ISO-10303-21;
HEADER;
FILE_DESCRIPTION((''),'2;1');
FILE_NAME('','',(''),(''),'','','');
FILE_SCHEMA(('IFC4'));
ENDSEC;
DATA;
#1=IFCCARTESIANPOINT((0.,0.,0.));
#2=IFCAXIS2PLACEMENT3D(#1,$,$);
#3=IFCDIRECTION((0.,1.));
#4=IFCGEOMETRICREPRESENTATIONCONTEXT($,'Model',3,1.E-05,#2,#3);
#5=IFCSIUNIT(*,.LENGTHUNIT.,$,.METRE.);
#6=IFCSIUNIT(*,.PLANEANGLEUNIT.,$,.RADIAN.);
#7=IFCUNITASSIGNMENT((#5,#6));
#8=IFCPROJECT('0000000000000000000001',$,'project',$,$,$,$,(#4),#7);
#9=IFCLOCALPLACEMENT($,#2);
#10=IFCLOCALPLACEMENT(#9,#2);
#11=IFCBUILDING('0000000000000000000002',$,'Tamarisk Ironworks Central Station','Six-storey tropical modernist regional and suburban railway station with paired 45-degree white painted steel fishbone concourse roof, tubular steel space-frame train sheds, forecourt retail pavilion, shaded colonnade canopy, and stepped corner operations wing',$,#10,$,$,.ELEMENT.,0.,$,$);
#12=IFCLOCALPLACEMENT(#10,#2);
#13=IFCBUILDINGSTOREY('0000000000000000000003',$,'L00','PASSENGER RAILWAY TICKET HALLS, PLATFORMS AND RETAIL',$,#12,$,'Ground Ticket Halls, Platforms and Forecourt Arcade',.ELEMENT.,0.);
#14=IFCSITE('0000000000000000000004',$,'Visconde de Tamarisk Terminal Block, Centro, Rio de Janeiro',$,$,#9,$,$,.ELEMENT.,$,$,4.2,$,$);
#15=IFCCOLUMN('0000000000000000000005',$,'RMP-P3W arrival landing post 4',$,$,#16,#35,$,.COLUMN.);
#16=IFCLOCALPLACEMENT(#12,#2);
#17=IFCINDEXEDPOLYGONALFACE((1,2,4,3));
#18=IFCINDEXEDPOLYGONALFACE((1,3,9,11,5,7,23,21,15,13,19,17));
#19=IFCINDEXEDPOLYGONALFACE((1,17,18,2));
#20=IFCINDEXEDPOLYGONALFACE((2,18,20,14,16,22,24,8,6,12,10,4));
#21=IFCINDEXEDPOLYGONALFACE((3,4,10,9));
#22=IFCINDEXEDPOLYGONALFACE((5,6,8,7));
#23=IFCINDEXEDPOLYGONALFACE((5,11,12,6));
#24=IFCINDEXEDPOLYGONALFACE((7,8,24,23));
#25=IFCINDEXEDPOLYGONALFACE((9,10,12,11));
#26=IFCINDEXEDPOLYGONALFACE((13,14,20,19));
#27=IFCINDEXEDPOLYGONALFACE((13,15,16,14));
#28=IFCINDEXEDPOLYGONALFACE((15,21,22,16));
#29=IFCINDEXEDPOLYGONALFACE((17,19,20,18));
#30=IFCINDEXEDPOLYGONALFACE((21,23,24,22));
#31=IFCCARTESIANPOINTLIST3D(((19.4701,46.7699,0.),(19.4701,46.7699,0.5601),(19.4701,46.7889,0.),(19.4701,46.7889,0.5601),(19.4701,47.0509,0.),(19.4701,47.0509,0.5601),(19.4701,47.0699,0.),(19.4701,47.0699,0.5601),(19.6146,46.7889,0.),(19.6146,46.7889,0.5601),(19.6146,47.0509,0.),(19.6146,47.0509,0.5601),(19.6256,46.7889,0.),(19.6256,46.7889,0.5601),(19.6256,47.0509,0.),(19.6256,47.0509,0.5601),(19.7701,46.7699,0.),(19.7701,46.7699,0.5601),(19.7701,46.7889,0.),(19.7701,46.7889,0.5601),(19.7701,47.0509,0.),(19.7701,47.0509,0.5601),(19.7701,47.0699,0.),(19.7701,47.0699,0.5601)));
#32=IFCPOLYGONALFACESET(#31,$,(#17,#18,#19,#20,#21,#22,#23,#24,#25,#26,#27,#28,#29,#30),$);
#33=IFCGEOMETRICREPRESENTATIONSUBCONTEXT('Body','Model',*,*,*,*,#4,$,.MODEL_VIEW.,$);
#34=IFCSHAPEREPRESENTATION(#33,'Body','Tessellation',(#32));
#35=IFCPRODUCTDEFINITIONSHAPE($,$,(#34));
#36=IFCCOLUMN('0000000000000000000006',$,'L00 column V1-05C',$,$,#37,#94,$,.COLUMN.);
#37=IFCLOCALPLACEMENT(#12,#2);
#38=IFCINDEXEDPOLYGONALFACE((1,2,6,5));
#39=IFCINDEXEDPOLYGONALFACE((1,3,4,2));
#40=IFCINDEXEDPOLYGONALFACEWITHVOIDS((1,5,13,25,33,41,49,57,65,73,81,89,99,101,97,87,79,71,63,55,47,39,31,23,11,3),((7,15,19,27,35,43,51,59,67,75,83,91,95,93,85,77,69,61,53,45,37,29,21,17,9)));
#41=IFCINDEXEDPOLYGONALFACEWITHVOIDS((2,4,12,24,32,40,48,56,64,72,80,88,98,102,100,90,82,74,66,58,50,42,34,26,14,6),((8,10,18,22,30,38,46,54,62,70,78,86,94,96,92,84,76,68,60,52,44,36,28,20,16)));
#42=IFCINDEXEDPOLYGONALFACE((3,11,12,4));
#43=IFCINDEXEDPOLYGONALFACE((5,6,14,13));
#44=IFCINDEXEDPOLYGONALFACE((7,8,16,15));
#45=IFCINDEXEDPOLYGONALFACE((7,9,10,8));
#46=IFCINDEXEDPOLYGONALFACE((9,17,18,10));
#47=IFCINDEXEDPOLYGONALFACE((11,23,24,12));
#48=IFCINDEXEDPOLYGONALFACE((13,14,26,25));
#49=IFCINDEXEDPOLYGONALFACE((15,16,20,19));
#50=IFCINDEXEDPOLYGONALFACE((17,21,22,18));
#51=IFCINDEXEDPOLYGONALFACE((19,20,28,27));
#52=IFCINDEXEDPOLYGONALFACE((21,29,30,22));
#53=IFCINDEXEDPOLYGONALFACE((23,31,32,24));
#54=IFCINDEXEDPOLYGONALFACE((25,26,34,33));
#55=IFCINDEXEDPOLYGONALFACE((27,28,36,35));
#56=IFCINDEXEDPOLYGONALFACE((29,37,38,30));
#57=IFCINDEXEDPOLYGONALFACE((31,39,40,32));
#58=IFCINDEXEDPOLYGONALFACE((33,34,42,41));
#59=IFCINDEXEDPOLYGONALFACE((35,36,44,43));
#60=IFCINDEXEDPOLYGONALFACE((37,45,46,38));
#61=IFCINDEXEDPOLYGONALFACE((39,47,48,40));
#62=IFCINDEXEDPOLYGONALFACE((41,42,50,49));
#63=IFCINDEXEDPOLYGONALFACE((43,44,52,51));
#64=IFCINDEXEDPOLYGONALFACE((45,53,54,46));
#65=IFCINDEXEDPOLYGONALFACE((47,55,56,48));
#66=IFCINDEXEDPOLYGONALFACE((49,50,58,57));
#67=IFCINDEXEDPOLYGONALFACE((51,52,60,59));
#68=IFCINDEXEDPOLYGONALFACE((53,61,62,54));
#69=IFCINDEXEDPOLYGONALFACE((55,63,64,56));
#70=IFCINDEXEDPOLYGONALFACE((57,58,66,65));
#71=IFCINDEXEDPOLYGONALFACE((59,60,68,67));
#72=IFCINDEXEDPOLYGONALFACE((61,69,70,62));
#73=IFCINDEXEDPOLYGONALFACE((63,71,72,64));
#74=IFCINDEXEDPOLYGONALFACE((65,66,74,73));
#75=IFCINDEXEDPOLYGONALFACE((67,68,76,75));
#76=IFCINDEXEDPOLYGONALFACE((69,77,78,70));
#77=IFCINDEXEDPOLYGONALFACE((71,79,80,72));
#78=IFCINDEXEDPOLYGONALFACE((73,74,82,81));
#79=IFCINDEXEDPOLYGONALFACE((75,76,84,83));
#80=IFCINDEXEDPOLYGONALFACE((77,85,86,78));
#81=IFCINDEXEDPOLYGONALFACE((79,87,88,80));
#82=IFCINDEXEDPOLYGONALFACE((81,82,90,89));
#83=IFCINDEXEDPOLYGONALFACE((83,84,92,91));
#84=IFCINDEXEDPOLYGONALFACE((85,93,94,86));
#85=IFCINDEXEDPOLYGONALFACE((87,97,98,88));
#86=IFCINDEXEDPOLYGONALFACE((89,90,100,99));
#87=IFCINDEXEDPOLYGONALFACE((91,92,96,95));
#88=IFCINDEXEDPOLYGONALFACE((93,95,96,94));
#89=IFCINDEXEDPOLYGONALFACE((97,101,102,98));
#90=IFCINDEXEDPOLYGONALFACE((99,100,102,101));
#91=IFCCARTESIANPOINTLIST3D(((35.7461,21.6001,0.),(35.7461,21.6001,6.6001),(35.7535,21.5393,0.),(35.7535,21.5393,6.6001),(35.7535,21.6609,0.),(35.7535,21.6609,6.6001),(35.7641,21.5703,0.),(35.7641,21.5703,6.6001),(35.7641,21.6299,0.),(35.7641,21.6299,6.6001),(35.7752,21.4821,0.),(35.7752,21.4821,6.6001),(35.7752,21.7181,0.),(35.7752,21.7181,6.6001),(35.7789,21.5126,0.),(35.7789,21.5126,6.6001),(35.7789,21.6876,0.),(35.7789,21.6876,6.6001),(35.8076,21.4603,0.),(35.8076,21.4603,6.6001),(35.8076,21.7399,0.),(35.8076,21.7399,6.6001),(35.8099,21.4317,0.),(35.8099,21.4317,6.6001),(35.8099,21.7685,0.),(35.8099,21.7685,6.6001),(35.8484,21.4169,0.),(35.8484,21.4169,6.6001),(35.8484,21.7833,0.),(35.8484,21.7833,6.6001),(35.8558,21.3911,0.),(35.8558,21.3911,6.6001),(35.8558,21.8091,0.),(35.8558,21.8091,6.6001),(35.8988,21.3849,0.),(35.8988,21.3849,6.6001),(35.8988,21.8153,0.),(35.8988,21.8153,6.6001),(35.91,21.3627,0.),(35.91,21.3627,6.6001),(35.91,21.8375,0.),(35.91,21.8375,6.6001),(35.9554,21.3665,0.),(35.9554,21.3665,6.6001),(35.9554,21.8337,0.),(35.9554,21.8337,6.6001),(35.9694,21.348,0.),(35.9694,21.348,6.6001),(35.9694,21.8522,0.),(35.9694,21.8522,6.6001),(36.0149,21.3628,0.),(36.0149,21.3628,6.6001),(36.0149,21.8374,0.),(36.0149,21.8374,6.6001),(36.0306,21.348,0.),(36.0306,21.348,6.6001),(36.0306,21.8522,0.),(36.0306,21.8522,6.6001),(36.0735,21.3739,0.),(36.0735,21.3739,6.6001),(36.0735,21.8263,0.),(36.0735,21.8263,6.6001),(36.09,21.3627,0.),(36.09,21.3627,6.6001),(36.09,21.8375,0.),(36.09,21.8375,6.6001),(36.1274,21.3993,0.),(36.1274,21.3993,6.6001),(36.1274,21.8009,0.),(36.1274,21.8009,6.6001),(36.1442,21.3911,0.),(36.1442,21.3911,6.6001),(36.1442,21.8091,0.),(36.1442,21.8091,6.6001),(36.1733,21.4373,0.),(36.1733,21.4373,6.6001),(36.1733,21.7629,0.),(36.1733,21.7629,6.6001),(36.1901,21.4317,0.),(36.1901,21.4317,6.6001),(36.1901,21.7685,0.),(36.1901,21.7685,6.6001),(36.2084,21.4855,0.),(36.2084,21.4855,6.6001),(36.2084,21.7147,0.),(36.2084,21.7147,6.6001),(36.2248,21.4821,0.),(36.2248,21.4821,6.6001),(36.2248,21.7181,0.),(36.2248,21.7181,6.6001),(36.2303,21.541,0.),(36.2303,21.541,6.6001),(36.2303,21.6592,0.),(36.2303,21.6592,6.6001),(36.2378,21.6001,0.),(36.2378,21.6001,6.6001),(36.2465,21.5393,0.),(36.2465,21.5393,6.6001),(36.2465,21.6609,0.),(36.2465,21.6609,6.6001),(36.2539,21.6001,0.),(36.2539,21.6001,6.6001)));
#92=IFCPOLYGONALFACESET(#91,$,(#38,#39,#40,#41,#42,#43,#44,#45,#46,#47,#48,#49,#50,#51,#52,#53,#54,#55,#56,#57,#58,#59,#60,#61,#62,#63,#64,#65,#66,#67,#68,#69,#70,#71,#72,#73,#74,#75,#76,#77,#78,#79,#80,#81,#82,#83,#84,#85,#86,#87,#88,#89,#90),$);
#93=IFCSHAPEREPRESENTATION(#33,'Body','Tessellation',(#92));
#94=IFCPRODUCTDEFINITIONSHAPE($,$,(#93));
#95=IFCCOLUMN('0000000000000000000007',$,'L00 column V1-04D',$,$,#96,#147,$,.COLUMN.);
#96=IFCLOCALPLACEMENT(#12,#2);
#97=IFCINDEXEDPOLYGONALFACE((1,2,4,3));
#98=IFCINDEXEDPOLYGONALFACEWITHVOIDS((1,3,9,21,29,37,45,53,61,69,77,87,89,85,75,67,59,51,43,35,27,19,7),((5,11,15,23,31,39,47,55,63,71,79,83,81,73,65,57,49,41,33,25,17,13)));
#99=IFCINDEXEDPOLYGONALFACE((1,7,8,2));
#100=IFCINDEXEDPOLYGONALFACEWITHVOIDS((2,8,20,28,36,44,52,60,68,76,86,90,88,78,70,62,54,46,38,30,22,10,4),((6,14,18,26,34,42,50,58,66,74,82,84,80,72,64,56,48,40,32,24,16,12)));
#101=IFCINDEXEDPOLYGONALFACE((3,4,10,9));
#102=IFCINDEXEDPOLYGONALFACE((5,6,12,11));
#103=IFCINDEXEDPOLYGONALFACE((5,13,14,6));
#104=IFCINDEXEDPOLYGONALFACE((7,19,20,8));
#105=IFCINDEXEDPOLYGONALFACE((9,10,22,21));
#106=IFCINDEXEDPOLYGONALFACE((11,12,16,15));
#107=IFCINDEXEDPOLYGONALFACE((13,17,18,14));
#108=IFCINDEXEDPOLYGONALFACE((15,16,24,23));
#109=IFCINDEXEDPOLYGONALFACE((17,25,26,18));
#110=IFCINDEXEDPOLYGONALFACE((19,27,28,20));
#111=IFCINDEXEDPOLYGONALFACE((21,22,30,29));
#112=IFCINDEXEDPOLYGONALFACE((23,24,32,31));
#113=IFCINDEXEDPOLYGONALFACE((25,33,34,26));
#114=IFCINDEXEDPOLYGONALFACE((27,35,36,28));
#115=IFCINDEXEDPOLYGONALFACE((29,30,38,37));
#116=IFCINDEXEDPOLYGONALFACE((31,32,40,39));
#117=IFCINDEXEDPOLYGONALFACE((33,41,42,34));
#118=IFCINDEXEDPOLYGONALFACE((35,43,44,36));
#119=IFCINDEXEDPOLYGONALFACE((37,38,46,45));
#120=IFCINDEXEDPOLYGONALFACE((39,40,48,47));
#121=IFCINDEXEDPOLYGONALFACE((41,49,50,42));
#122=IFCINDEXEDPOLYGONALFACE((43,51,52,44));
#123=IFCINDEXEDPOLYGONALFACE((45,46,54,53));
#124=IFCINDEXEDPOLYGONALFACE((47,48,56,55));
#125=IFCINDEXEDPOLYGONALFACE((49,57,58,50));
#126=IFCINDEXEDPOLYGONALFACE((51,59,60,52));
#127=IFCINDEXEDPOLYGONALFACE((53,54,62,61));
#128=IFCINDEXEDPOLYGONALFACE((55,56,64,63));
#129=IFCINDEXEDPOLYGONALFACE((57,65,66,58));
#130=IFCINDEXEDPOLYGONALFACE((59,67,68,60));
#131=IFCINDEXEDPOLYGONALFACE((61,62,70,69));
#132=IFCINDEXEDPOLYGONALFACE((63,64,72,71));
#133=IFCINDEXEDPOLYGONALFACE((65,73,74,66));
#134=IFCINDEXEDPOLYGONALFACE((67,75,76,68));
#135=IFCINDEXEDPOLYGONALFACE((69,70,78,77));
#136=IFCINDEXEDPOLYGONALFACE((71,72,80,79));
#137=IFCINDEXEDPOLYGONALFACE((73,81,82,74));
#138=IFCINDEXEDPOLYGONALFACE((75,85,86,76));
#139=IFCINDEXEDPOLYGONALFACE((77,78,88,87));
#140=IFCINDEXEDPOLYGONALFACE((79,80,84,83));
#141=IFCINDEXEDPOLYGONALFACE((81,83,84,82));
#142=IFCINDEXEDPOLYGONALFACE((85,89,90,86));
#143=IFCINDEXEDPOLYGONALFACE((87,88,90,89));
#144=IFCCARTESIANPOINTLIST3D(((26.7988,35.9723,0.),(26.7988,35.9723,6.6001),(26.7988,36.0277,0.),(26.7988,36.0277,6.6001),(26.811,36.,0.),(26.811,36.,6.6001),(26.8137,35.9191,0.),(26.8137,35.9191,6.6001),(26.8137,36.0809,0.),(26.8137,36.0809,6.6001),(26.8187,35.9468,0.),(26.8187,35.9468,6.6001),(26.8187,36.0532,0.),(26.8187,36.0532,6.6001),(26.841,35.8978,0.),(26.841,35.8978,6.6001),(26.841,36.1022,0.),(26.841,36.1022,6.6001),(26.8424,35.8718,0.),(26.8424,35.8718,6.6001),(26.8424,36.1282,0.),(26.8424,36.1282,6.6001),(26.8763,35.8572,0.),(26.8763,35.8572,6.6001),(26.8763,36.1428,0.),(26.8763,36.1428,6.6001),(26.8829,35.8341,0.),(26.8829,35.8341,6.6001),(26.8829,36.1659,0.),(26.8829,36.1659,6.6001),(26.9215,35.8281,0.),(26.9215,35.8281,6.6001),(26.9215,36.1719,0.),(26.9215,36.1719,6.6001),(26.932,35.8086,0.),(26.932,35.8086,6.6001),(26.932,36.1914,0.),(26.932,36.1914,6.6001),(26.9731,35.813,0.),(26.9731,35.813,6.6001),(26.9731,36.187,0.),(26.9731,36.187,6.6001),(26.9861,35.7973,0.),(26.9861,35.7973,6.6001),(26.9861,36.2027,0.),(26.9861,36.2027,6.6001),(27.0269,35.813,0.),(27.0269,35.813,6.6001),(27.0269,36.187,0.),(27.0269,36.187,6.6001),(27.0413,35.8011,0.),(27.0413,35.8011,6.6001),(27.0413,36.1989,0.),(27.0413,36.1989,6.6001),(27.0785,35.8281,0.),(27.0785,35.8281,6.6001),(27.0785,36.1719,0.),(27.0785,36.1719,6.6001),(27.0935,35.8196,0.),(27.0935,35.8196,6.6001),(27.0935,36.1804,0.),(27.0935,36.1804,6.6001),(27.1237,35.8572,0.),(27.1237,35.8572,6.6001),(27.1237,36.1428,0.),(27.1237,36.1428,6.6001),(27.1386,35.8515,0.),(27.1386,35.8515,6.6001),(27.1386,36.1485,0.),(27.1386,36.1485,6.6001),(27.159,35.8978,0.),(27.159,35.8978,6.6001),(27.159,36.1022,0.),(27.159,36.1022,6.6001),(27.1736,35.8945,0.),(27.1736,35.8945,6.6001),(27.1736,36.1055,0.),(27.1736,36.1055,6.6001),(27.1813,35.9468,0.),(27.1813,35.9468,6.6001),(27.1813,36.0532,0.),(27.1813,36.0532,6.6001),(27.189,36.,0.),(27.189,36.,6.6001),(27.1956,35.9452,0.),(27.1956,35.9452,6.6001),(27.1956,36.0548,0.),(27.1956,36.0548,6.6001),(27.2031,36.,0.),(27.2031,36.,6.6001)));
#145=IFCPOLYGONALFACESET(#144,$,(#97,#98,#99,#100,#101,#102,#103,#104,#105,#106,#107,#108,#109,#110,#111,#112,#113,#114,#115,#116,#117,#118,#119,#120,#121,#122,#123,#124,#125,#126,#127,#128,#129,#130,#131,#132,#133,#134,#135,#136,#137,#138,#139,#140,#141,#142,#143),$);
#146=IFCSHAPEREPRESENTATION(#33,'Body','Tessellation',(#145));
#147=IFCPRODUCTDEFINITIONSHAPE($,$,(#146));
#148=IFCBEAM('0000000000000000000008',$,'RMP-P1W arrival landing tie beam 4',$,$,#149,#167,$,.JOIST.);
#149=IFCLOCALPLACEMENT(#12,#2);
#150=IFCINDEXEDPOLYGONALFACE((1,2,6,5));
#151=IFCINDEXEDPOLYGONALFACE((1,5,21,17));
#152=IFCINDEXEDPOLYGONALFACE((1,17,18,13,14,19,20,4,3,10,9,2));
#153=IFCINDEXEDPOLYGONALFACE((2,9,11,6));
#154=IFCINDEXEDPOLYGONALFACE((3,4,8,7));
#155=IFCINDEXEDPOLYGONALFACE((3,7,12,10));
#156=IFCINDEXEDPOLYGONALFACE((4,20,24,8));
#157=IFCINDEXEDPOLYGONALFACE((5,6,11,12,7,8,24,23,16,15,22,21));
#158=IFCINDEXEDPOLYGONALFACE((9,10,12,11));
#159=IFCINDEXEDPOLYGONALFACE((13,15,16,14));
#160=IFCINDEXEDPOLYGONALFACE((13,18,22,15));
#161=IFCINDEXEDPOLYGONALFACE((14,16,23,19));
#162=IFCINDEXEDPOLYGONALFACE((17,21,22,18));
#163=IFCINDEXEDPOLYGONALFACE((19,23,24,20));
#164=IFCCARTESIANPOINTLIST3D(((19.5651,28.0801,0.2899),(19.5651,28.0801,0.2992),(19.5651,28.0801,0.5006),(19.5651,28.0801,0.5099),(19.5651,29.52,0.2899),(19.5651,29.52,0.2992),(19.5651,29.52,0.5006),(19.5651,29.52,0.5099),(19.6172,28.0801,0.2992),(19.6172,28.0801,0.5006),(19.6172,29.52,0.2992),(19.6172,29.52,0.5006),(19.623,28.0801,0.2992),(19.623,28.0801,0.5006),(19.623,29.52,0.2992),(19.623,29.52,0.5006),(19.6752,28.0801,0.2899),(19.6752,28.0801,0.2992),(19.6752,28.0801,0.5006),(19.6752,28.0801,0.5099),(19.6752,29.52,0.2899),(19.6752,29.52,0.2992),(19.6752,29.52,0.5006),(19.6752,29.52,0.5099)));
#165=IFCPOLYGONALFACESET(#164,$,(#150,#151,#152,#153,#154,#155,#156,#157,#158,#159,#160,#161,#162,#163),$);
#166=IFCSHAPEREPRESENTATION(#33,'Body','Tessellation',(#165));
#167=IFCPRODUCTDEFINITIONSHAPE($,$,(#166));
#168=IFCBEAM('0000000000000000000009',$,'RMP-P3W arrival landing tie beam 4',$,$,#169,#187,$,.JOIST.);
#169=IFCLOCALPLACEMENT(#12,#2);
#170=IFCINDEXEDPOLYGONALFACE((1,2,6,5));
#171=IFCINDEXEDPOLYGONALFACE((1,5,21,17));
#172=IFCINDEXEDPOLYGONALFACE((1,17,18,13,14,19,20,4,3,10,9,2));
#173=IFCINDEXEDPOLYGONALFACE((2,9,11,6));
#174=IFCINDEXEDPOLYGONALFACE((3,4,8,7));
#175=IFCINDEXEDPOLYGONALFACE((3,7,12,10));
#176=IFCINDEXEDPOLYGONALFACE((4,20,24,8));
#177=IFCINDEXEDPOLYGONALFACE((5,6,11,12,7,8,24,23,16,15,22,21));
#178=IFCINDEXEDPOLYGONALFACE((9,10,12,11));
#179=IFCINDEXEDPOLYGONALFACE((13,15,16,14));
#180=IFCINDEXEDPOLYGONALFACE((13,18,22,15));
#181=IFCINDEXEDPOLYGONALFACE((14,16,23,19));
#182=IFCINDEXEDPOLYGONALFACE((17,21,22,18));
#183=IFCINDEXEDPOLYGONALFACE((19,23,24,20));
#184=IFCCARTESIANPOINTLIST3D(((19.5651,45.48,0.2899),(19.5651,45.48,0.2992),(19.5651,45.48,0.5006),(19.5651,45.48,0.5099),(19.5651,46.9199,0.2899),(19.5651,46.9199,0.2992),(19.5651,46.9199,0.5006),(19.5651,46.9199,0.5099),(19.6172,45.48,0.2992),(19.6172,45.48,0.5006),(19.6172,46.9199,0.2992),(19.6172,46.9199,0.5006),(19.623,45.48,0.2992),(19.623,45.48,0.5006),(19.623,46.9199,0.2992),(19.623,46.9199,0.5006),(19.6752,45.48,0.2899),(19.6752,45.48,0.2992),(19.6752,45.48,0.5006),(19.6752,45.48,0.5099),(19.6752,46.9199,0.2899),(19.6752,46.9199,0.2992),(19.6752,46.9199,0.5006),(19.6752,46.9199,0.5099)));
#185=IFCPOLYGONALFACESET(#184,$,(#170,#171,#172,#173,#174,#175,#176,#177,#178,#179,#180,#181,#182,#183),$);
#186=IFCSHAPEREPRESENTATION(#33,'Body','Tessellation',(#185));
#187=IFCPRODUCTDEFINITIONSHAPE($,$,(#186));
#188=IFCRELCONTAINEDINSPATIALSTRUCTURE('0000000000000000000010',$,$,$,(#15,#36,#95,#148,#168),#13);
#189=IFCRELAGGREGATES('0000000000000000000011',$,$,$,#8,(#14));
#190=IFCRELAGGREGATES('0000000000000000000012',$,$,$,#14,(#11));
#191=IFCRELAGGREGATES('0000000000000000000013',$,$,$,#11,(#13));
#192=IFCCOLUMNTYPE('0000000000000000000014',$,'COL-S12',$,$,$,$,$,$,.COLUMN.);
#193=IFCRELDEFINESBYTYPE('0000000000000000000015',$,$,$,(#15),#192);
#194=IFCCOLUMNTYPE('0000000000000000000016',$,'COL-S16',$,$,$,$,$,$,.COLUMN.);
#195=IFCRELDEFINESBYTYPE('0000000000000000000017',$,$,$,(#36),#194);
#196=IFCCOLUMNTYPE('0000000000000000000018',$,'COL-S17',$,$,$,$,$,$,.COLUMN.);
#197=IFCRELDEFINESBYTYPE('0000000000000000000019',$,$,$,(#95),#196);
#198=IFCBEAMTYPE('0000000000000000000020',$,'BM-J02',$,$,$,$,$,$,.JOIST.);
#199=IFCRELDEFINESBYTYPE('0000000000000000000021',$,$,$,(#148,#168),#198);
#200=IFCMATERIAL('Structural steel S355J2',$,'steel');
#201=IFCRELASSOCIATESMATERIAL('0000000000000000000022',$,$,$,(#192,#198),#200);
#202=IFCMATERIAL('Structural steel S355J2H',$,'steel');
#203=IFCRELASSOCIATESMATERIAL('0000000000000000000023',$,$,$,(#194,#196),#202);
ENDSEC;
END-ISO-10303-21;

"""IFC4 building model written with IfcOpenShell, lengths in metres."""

from ifc_helpers import new_model, si_unit, direction, frame, origin, origin_2d, place, context, subcontext, project, spatial, hollow_circle, i_section, extrude, material, material_profile, profile_set, type_object, element, save


model = new_model("IFC4")

# Units and contexts
model_context = context("Model", 3, precision=1e-05, world=origin(), true_north=direction((0.0, 1.0)))
body_context = subcontext(model_context, "Body", "Model", "MODEL_VIEW")
ifc_project = project(units=[si_unit("LENGTHUNIT", "METRE"), si_unit("PLANEANGLEUNIT", "RADIAN")], contexts=[model_context])

# Site, building, storey
site_placement = place(None, origin())
site = spatial("IfcSite", under=ifc_project, at=site_placement, Name="Visconde de Tamarisk Terminal Block, Centro, Rio de Janeiro", CompositionType="ELEMENT", RefElevation=4.2)
building_placement = place(site_placement, origin())
building = spatial("IfcBuilding", under=site, at=building_placement, Name="Tamarisk Ironworks Central Station", Description="Six-storey tropical modernist regional and suburban railway station with paired 45-degree white painted steel fishbone concourse roof, tubular steel space-frame train sheds, forecourt retail pavilion, shaded colonnade canopy, and stepped corner operations wing", CompositionType="ELEMENT", ElevationOfRefHeight=0.0)
storey_placement = place(building_placement, origin())
storey = spatial("IfcBuildingStorey", under=building, at=storey_placement, Name="L00", Description="PASSENGER RAILWAY TICKET HALLS, PLATFORMS AND RETAIL", LongName="Ground Ticket Halls, Platforms and Forecourt Arcade", CompositionType="ELEMENT", Elevation=0.0)

# Columns
ifc_material_1 = material(Name="Structural steel S355J2", Category="steel")
ifc_material_profile_1 = material_profile(ifc_material_1, i_section(OverallWidth=0.3, OverallDepth=0.3, WebThickness=0.011, FlangeThickness=0.019, at=origin_2d()), Name="HEB 300")
ifc_profile_set_1 = profile_set([ifc_material_profile_1], Name="Structural steel S355J2")
column_type_1 = type_object("IfcColumnType", Name="COL-S12", PredefinedType="COLUMN", material=ifc_profile_set_1)
for number, where, z_axis, x_axis, name in (
    (1, (19.6201, 46.9199, 0.0), (0.0, 0.0, 1.0), (1.0, 0.0, 0.0), "RMP-P3W arrival landing post 4"),
):
    element("IfcColumn", number, at=place(storey_placement, frame(where, z_axis=z_axis, x_axis=x_axis)), inside=storey, type_object=column_type_1, Name=name, PredefinedType="COLUMN", context=body_context, shape_type="SweptSolid", body=[
        extrude(i_section(OverallWidth=0.3, OverallDepth=0.3, WebThickness=0.011, FlangeThickness=0.019, at=origin_2d()), origin(), (0.0, 0.0, 1.0), 0.5601),
    ])
ifc_material_2 = material(Name="Structural steel S355J2H", Category="steel")
ifc_material_profile_2 = material_profile(ifc_material_2, hollow_circle(Radius=0.2539, WallThickness=0.0161, at=origin_2d()), Name="CHS 508x16")
ifc_profile_set_2 = profile_set([ifc_material_profile_2], Name="Structural steel S355J2H")
column_type_2 = type_object("IfcColumnType", Name="COL-S16", PredefinedType="COLUMN", material=ifc_profile_set_2)
column_1_placement = place(storey_placement, frame((36.0, 21.6001, 0.0), z_axis=(0.0, 0.0, 1.0), x_axis=(1.0, 0.0, 0.0)))
element("IfcColumn", 2, at=column_1_placement, inside=storey, type_object=column_type_2, Name="L00 column V1-05C", PredefinedType="COLUMN", context=body_context, shape_type="SweptSolid", body=[
    extrude(hollow_circle(Radius=0.2539, WallThickness=0.0161, at=origin_2d()), origin(), (0.0, 0.0, 1.0), 6.6001),
])
ifc_material_profile_3 = material_profile(ifc_material_2, hollow_circle(Radius=0.2031, WallThickness=0.0142, at=origin_2d()), Name="CHS 406.4x14.2")
ifc_profile_set_3 = profile_set([ifc_material_profile_3], Name="Structural steel S355J2H")
column_type_3 = type_object("IfcColumnType", Name="COL-S17", PredefinedType="COLUMN", material=ifc_profile_set_3)
column_2_placement = place(storey_placement, frame((27.0, 36.0, 0.0), z_axis=(0.0, 0.0, 1.0), x_axis=(1.0, 0.0, 0.0)))
element("IfcColumn", 3, at=column_2_placement, inside=storey, type_object=column_type_3, Name="L00 column V1-04D", PredefinedType="COLUMN", context=body_context, shape_type="SweptSolid", body=[
    extrude(hollow_circle(Radius=0.2031, WallThickness=0.0142, at=origin_2d()), origin(), (0.0, 0.0, 1.0), 6.6001),
])

# Beams
ifc_material_profile_4 = material_profile(ifc_material_1, i_section(OverallWidth=0.1101, OverallDepth=0.22, WebThickness=0.0059, FlangeThickness=0.0093, at=origin_2d()), Name="IPE 220")
ifc_profile_set_4 = profile_set([ifc_material_profile_4], Name="Structural steel S355J2")
beam_type = type_object("IfcBeamType", Name="BM-J02", PredefinedType="JOIST", material=ifc_profile_set_4)
for number, where, z_axis, x_axis, name in (
    (4, (19.6201, 28.0801, 0.3999), (0.0, 1.0, 0.0), (-1.0, 0.0, 0.0), "RMP-P1W arrival landing tie beam 4"),
    (5, (19.6201, 45.48, 0.3999), (0.0, 1.0, 0.0), (-1.0, 0.0, 0.0), "RMP-P3W arrival landing tie beam 4"),
):
    element("IfcBeam", number, at=place(storey_placement, frame(where, z_axis=z_axis, x_axis=x_axis)), inside=storey, type_object=beam_type, Name=name, PredefinedType="JOIST", context=body_context, shape_type="SweptSolid", body=[
        extrude(i_section(OverallWidth=0.1101, OverallDepth=0.22, WebThickness=0.0059, FlangeThickness=0.0093, at=origin_2d()), origin(), (0.0, 0.0, 1.0), 1.4399),
    ])

save(model, "model.ifc")
